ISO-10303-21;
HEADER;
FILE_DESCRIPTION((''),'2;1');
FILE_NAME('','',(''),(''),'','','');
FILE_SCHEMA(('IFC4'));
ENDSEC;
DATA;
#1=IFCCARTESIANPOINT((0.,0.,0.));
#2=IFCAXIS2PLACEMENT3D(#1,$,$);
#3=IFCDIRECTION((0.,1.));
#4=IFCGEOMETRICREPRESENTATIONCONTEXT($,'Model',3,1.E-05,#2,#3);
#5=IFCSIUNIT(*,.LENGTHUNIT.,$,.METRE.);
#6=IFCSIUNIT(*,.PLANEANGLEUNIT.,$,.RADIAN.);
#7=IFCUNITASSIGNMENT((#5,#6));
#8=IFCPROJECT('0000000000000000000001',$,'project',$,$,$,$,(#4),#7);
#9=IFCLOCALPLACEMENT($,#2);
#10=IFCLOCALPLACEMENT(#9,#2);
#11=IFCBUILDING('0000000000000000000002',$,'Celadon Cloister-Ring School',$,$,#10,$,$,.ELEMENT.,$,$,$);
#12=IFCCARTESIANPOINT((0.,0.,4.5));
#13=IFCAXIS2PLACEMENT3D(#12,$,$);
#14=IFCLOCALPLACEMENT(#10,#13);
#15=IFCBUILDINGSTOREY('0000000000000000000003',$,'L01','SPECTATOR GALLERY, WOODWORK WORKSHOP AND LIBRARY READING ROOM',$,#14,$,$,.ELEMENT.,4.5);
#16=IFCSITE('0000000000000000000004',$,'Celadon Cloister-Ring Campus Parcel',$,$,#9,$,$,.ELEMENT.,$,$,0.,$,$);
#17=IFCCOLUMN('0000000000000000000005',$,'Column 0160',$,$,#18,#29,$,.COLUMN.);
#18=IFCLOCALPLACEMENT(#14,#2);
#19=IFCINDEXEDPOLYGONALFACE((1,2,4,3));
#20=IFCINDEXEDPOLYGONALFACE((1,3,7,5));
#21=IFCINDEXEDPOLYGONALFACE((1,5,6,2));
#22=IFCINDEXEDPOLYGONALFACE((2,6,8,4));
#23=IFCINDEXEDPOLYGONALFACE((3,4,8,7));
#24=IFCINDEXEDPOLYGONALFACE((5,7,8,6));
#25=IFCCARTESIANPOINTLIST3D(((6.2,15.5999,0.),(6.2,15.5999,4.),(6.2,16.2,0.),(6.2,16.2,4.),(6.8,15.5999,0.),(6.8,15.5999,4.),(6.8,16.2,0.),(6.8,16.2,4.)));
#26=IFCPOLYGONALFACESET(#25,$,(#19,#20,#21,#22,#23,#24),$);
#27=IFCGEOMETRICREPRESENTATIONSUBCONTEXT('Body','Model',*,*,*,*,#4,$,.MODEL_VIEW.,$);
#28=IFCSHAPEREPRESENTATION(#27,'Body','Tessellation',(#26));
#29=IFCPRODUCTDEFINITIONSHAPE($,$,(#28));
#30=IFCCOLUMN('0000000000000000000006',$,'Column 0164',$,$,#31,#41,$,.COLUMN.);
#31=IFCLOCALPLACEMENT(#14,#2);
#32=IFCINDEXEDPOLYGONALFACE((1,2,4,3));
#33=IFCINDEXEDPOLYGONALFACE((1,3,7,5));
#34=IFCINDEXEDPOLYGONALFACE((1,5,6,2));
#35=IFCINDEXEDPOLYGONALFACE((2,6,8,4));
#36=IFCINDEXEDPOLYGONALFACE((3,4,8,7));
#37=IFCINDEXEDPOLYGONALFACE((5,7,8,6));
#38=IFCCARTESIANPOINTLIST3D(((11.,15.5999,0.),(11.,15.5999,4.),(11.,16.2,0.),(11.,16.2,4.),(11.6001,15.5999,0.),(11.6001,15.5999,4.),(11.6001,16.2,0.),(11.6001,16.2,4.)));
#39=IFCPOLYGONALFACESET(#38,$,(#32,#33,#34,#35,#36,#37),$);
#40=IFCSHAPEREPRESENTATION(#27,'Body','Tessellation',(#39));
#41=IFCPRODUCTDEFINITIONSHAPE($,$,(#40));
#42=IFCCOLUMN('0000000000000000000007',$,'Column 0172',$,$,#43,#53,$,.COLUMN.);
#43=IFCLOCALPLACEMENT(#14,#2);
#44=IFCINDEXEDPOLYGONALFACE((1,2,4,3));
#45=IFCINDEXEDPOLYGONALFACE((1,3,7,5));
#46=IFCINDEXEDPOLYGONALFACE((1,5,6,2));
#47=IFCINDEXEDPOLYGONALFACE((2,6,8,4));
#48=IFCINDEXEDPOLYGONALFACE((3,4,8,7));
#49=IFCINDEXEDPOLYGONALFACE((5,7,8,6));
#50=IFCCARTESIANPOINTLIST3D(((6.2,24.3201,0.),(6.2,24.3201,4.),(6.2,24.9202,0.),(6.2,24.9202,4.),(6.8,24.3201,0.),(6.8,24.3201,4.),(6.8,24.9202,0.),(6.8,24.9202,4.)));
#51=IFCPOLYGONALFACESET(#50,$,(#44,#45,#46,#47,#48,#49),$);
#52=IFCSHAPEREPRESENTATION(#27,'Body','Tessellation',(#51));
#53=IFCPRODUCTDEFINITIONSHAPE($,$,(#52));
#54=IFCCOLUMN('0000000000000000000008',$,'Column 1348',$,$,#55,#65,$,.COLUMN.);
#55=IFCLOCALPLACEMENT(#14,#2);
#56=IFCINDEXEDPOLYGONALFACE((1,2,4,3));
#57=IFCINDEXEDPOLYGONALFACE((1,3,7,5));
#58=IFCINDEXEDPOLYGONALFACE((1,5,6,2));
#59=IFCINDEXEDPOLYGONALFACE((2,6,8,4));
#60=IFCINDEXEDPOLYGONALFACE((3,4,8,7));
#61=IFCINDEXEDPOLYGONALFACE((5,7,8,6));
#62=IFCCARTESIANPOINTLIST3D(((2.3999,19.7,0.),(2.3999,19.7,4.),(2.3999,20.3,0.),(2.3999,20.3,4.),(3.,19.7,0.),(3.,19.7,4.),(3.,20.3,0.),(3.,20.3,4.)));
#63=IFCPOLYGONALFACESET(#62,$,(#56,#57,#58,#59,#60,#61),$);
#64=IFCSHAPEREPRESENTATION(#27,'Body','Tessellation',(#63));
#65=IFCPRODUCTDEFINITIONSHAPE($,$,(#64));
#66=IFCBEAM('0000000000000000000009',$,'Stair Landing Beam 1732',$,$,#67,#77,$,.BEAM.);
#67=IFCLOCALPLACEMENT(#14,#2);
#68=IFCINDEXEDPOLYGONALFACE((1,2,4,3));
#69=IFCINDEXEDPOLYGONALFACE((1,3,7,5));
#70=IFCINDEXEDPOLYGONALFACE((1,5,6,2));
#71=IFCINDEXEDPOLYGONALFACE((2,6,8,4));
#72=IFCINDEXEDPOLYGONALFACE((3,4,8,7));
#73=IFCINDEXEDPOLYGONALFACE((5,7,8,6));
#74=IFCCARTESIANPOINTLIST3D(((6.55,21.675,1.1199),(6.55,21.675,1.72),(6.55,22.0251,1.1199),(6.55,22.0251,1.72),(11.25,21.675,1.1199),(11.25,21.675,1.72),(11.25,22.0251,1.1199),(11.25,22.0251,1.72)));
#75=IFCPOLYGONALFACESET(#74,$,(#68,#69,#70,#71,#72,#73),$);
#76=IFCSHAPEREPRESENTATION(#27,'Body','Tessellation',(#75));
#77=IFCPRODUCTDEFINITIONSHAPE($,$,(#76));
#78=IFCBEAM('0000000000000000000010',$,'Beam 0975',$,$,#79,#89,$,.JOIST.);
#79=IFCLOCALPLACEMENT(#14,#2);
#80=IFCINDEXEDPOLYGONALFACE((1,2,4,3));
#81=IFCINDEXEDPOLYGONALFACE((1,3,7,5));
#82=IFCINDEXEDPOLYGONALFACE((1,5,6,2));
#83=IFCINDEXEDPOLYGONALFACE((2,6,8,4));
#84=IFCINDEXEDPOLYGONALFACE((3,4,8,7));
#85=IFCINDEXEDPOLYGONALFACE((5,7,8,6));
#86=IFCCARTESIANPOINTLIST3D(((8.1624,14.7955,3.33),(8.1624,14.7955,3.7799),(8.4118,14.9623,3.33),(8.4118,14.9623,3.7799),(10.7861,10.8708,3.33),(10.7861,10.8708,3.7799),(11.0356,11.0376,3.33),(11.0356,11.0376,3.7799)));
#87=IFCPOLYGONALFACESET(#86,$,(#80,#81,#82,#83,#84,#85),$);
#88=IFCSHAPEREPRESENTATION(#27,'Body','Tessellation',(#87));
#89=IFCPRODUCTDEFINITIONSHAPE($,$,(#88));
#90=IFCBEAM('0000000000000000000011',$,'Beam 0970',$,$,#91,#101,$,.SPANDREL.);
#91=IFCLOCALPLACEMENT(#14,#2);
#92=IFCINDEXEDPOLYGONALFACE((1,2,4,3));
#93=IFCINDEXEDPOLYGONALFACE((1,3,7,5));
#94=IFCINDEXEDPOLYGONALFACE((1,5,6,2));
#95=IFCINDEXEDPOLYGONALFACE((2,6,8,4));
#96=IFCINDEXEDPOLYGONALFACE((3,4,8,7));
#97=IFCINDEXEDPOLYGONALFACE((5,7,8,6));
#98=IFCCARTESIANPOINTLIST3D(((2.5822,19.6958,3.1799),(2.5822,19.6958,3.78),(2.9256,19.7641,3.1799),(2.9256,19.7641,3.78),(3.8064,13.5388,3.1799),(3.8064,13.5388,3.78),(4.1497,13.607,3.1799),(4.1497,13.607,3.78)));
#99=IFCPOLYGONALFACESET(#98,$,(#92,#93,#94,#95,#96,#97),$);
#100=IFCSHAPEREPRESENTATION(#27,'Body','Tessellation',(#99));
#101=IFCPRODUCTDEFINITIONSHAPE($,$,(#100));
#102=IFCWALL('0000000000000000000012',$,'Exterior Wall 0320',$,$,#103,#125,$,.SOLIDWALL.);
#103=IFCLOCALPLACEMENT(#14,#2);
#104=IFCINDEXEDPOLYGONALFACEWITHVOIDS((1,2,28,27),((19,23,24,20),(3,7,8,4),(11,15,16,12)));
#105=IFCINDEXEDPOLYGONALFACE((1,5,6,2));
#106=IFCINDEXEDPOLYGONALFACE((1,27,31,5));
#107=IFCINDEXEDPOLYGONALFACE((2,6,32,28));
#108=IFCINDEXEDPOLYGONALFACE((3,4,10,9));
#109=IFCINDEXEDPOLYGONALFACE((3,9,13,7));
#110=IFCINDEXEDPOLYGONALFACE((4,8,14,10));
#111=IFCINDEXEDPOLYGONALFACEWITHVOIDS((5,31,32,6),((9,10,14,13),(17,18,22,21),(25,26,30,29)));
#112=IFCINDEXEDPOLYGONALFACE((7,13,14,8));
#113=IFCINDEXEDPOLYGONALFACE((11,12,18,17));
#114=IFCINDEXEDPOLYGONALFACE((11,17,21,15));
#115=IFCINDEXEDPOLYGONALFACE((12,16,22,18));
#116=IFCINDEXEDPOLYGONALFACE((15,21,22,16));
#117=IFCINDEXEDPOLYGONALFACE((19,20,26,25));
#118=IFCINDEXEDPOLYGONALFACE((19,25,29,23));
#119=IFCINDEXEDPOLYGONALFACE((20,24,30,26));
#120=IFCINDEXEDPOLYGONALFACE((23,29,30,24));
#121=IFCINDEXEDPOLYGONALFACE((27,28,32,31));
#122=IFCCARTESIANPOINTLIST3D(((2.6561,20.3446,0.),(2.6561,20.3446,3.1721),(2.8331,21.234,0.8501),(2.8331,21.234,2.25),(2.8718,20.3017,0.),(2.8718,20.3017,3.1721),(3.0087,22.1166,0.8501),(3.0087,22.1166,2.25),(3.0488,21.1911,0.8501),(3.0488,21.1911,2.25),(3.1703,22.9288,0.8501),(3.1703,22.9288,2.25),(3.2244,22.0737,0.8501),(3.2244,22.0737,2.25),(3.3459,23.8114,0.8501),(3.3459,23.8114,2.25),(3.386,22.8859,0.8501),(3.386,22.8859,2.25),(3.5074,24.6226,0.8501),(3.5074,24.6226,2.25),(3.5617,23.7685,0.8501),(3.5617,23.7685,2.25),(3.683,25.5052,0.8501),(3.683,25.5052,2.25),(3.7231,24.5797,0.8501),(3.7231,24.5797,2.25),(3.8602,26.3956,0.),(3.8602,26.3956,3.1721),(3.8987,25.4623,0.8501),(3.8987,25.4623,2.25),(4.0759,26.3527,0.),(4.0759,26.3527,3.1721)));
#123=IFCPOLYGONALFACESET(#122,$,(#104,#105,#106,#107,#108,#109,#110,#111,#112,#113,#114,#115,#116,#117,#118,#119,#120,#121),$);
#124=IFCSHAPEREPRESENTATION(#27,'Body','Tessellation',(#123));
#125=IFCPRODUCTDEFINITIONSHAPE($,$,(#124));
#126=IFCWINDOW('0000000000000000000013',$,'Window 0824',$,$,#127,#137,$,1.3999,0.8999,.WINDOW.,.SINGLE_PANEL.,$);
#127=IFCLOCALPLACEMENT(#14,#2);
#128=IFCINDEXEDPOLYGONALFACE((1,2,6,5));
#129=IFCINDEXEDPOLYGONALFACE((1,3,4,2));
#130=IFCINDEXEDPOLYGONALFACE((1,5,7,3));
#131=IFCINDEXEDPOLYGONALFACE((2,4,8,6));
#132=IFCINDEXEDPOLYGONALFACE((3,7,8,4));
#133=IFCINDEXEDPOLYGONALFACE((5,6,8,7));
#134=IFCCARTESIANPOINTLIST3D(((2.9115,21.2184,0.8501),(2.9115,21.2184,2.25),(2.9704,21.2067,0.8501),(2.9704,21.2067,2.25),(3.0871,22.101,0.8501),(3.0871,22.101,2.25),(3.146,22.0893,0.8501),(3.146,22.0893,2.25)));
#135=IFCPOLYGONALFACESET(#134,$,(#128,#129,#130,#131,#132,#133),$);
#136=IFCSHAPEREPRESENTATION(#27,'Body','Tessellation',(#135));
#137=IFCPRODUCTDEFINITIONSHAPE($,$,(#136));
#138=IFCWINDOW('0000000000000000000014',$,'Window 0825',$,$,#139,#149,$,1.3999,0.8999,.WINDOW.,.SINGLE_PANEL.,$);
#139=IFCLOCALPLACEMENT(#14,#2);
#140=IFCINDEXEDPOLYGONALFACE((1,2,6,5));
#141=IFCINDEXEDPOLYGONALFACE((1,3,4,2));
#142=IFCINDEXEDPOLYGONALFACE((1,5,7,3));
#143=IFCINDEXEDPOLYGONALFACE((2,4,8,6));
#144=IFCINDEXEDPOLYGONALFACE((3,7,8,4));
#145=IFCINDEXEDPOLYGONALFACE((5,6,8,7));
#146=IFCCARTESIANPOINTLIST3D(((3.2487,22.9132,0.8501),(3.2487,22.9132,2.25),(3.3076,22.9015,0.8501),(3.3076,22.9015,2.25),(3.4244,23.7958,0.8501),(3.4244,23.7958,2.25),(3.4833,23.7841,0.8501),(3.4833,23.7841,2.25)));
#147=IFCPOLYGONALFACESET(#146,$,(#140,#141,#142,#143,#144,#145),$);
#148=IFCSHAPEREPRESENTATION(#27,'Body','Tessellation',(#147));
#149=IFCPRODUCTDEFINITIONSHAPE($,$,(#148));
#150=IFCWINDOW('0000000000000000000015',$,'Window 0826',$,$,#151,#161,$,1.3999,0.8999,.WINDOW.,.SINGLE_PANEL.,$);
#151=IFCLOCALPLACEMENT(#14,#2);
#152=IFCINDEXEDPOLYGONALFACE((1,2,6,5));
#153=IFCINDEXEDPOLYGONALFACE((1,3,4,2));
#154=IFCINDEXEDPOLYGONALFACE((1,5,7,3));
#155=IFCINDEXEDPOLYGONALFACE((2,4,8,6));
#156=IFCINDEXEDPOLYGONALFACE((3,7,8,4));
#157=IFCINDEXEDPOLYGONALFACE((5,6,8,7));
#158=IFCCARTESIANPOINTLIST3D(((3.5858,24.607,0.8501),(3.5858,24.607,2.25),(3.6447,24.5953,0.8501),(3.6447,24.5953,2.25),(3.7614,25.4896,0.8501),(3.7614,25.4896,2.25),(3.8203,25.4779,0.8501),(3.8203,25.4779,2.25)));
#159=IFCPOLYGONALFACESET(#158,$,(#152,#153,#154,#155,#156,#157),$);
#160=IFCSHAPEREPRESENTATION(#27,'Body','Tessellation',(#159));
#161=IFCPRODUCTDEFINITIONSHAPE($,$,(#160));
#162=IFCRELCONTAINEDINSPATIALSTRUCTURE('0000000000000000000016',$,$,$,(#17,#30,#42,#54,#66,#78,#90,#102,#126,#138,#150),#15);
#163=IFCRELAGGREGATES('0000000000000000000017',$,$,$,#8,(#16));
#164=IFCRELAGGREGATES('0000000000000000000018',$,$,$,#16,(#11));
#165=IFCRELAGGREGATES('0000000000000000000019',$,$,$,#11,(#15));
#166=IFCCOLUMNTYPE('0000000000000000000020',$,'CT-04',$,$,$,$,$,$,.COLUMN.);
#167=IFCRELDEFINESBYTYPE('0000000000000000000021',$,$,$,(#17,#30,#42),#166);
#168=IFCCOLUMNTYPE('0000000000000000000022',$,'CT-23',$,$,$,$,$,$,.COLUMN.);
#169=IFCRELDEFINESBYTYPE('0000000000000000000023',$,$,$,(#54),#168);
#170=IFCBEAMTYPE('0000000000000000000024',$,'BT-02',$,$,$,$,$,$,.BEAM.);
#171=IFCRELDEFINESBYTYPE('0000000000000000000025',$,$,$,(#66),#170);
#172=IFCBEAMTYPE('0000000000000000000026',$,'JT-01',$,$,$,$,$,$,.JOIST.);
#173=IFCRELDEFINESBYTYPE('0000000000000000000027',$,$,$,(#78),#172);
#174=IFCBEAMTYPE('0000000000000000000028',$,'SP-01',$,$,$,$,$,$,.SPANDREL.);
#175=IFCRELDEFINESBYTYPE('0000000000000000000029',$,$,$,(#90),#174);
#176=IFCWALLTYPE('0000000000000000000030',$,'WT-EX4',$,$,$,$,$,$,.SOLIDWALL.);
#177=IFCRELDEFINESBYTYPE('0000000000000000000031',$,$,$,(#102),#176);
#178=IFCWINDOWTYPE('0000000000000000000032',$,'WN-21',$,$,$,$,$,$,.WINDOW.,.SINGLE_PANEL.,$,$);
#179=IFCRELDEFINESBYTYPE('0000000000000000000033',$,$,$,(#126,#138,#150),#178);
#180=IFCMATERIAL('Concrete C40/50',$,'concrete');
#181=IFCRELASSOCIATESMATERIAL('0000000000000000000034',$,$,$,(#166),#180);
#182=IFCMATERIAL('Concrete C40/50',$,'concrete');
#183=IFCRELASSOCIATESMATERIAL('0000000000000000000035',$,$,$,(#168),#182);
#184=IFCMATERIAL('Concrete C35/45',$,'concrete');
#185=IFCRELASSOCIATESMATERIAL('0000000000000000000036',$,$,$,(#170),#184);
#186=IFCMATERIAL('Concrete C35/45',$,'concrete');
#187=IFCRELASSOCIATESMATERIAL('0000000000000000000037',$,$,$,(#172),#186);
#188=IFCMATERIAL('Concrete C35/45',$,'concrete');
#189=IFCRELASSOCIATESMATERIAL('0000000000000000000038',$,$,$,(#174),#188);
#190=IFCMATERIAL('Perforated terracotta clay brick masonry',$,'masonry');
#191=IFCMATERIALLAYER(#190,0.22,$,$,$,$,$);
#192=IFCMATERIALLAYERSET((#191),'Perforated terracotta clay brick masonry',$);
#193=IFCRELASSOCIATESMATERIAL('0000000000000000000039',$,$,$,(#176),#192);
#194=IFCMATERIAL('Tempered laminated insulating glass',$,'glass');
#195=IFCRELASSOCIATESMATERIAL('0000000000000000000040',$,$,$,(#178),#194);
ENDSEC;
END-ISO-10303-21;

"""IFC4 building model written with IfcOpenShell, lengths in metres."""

from ifc_helpers import new_model, si_unit, direction, frame, frame_2d, origin, origin_2d, place, context, subcontext, project, spatial, rectangle, extrude, material, layer, layer_set, material_profile, profile_set, type_object, element, fill, save


model = new_model("IFC4")

# Units and contexts
model_context = context("Model", 3, precision=1e-05, world=origin(), true_north=direction((0.0, 1.0)))
body_context = subcontext(model_context, "Body", "Model", "MODEL_VIEW")
ifc_project = project(units=[si_unit("LENGTHUNIT", "METRE"), si_unit("PLANEANGLEUNIT", "RADIAN")], contexts=[model_context])

# Site, building, storey
site_placement = place(None, origin())
site = spatial("IfcSite", under=ifc_project, at=site_placement, Name="Celadon Cloister-Ring Campus Parcel", CompositionType="ELEMENT", RefElevation=0.0)
building_placement = place(site_placement, origin())
building = spatial("IfcBuilding", under=site, at=building_placement, Name="Celadon Cloister-Ring School", CompositionType="ELEMENT")
storey_placement = place(building_placement, frame((0.0, 0.0, 4.5)))
storey = spatial("IfcBuildingStorey", under=building, at=storey_placement, Name="L01", Description="SPECTATOR GALLERY, WOODWORK WORKSHOP AND LIBRARY READING ROOM", CompositionType="ELEMENT", Elevation=4.5)

# Columns
ifc_material_1 = material(Name="Concrete C40/50", Category="concrete")
ifc_material_profile_1 = material_profile(ifc_material_1, rectangle(XDim=0.6001, YDim=0.6001, at=origin_2d()), Name="RC600X600")
ifc_profile_set_1 = profile_set([ifc_material_profile_1], Name="Concrete C40/50")
column_type_1 = type_object("IfcColumnType", Name="CT-04", PredefinedType="COLUMN", material=ifc_profile_set_1)
for number, where, z_axis, x_axis, name in (
    (1, (6.5, 15.8999, 0.0), (0.0, 0.0, 1.0), (1.0, 0.0, 0.0), "Column 0160"),
    (2, (11.3, 15.8999, 0.0), (0.0, 0.0, 1.0), (1.0, 0.0, 0.0), "Column 0164"),
    (3, (6.5, 24.6201, 0.0), (0.0, 0.0, 1.0), (1.0, 0.0, 0.0), "Column 0172"),
):
    element("IfcColumn", number, at=place(storey_placement, frame(where, z_axis=z_axis, x_axis=x_axis)), inside=storey, type_object=column_type_1, Name=name, PredefinedType="COLUMN", context=body_context, shape_type="SweptSolid", body=[
        extrude(rectangle(XDim=0.6001, YDim=0.6001, at=origin_2d()), origin(), (0.0, 0.0, 1.0), 4.0),
    ])
ifc_material_2 = material(Name="Concrete C40/50", Category="concrete")
ifc_material_profile_2 = material_profile(ifc_material_2, rectangle(XDim=0.6001, YDim=0.6001, at=origin_2d()), Name="RC600X600")
ifc_profile_set_2 = profile_set([ifc_material_profile_2], Name="Concrete C40/50")
column_type_2 = type_object("IfcColumnType", Name="CT-23", PredefinedType="COLUMN", material=ifc_profile_set_2)
column_placement = place(storey_placement, frame((2.7, 20.0, 0.0), z_axis=(0.0, 0.0, 1.0), x_axis=(-1.0, 0.0, 0.0)))
element("IfcColumn", 4, at=column_placement, inside=storey, type_object=column_type_2, Name="Column 1348", PredefinedType="COLUMN", context=body_context, shape_type="SweptSolid", body=[
    extrude(rectangle(XDim=0.6001, YDim=0.6001, at=origin_2d()), origin(), (0.0, 0.0, 1.0), 4.0),
])

# Beams
ifc_material_3 = material(Name="Concrete C35/45", Category="concrete")
ifc_material_profile_3 = material_profile(ifc_material_3, rectangle(XDim=0.3501, YDim=0.6001, at=origin_2d()), Name="RC350X600")
ifc_profile_set_3 = profile_set([ifc_material_profile_3], Name="Concrete C35/45")
beam_type_1 = type_object("IfcBeamType", Name="BT-02", PredefinedType="BEAM", material=ifc_profile_set_3)
beam_1_placement = place(storey_placement, frame((6.55, 21.8501, 1.4199), z_axis=(1.0, 0.0, 0.0), x_axis=(0.0, 1.0, 0.0)))
element("IfcBeam", 5, at=beam_1_placement, inside=storey, type_object=beam_type_1, Name="Stair Landing Beam 1732", PredefinedType="BEAM", context=body_context, shape_type="SweptSolid", body=[
    extrude(rectangle(XDim=0.3501, YDim=0.6001, at=origin_2d()), origin(), (0.0, 0.0, 1.0), 4.7),
])
ifc_material_4 = material(Name="Concrete C35/45", Category="concrete")
ifc_material_profile_4 = material_profile(ifc_material_4, rectangle(XDim=0.3, YDim=0.45, at=origin_2d()), Name="RC300X450")
ifc_profile_set_4 = profile_set([ifc_material_profile_4], Name="Concrete C35/45")
beam_type_2 = type_object("IfcBeamType", Name="JT-01", PredefinedType="JOIST", material=ifc_profile_set_4)
beam_2_placement = place(storey_placement, frame((8.2871, 14.8789, 3.5549), z_axis=(0.555762, -0.831342, 0.0), x_axis=(0.831342, 0.555762, 0.0)))
element("IfcBeam", 6, at=beam_2_placement, inside=storey, type_object=beam_type_2, Name="Beam 0975", PredefinedType="JOIST", context=body_context, shape_type="SweptSolid", body=[
    extrude(rectangle(XDim=0.3, YDim=0.45, at=origin_2d()), origin(), (0.0, 0.0, 1.0), 4.7209),
])
ifc_material_5 = material(Name="Concrete C35/45", Category="concrete")
ifc_material_profile_5 = material_profile(ifc_material_5, rectangle(XDim=0.3501, YDim=0.6001, at=origin_2d()), Name="RC350X600")
ifc_profile_set_5 = profile_set([ifc_material_profile_5], Name="Concrete C35/45")
beam_type_3 = type_object("IfcBeamType", Name="SP-01", PredefinedType="SPANDREL", material=ifc_profile_set_5)
beam_3_placement = place(storey_placement, frame((2.7539, 19.73, 3.48), z_axis=(0.195002, -0.980803, 0.0), x_axis=(0.980803, 0.195002, 0.0)))
element("IfcBeam", 7, at=beam_3_placement, inside=storey, type_object=beam_type_3, Name="Beam 0970", PredefinedType="SPANDREL", context=body_context, shape_type="SweptSolid", body=[
    extrude(rectangle(XDim=0.3501, YDim=0.6001, at=origin_2d()), origin(), (0.0, 0.0, 1.0), 6.2776),
])

# Wall, openings, windows
ifc_material_6 = material(Name="Perforated terracotta clay brick masonry", Category="masonry")
ifc_layer_1 = layer(ifc_material_6, 0.22)
ifc_layer_set_1 = layer_set([ifc_layer_1], Name="Perforated terracotta clay brick masonry")
wall_type_1 = type_object("IfcWallType", Name="WT-EX4", PredefinedType="SOLIDWALL", material=ifc_layer_set_1)
wall_1_placement = place(storey_placement, frame((2.7639, 20.323, 0.0), z_axis=(0.0, 0.0, 1.0), x_axis=(0.195165, 0.98077, 0.0)))
wall_1 = element("IfcWall", 8, at=wall_1_placement, inside=storey, type_object=wall_type_1, Name="Exterior Wall 0320", PredefinedType="SOLIDWALL", context=body_context, shape_type="SweptSolid", body=[
    extrude(rectangle(XDim=6.1697, YDim=0.22, at=frame_2d((3.085, 0.0))), origin(), (0.0, 0.0, 1.0), 3.1721),
])
opening_1_placement = place(wall_1_placement, frame((0.907, 0.0, 0.8501)))
opening_1 = element("IfcOpeningElement", 9, at=opening_1_placement, cuts=wall_1, PredefinedType="OPENING", context=body_context, shape_type="SweptSolid", body=[
    extrude(rectangle(XDim=0.8999, YDim=1.3999, at=frame_2d((0.45, 0.7))), frame((0.0, 0.1201, 0.0), z_axis=(0.0, -1.0, 0.0), x_axis=(1.0, 0.0, 0.0)), (0.0, 0.0, 1.0), 0.24),
])
opening_2_placement = place(wall_1_placement, frame((2.635, 0.0, 0.8501)))
opening_2 = element("IfcOpeningElement", 10, at=opening_2_placement, cuts=wall_1, PredefinedType="OPENING", context=body_context, shape_type="SweptSolid", body=[
    extrude(rectangle(XDim=0.8999, YDim=1.3999, at=frame_2d((0.45, 0.7))), frame((0.0, 0.1201, 0.0), z_axis=(0.0, -1.0, 0.0), x_axis=(1.0, 0.0, 0.0)), (0.0, 0.0, 1.0), 0.24),
])
opening_3_placement = place(wall_1_placement, frame((4.3621, 0.0, 0.8501)))
opening_3 = element("IfcOpeningElement", 11, at=opening_3_placement, cuts=wall_1, PredefinedType="OPENING", context=body_context, shape_type="SweptSolid", body=[
    extrude(rectangle(XDim=0.8999, YDim=1.3999, at=frame_2d((0.45, 0.7))), frame((0.0, 0.1201, 0.0), z_axis=(0.0, -1.0, 0.0), x_axis=(1.0, 0.0, 0.0)), (0.0, 0.0, 1.0), 0.24),
])
ifc_material_7 = material(Name="Tempered laminated insulating glass", Category="glass")
window_type = type_object("IfcWindowType", Name="WN-21", PartitioningType="SINGLE_PANEL", PredefinedType="WINDOW", material=ifc_material_7)
window_1_placement = place(opening_1_placement, origin())
window_1 = element("IfcWindow", 12, at=window_1_placement, inside=storey, type_object=window_type, Name="Window 0824", OverallHeight=1.3999, OverallWidth=0.8999, PartitioningType="SINGLE_PANEL", PredefinedType="WINDOW", context=body_context, shape_type="SweptSolid", body=[
    extrude(rectangle(XDim=0.8999, YDim=1.3999, at=frame_2d((0.45, 0.7))), frame((0.0, 0.03, 0.0), z_axis=(0.0, -1.0, 0.0), x_axis=(1.0, 0.0, 0.0)), (0.0, 0.0, 1.0), 0.0601),
])
fill(opening_1, window_1)
window_2_placement = place(opening_2_placement, origin())
window_2 = element("IfcWindow", 13, at=window_2_placement, inside=storey, type_object=window_type, Name="Window 0825", OverallHeight=1.3999, OverallWidth=0.8999, PartitioningType="SINGLE_PANEL", PredefinedType="WINDOW", context=body_context, shape_type="SweptSolid", body=[
    extrude(rectangle(XDim=0.8999, YDim=1.3999, at=frame_2d((0.45, 0.7))), frame((0.0, 0.03, 0.0), z_axis=(0.0, -1.0, 0.0), x_axis=(1.0, 0.0, 0.0)), (0.0, 0.0, 1.0), 0.0601),
])
fill(opening_2, window_2)
window_3_placement = place(opening_3_placement, origin())
window_3 = element("IfcWindow", 14, at=window_3_placement, inside=storey, type_object=window_type, Name="Window 0826", OverallHeight=1.3999, OverallWidth=0.8999, PartitioningType="SINGLE_PANEL", PredefinedType="WINDOW", context=body_context, shape_type="SweptSolid", body=[
    extrude(rectangle(XDim=0.8999, YDim=1.3999, at=frame_2d((0.45, 0.7))), frame((0.0, 0.03, 0.0), z_axis=(0.0, -1.0, 0.0), x_axis=(1.0, 0.0, 0.0)), (0.0, 0.0, 1.0), 0.0601),
])
fill(opening_3, window_3)

save(model, "model.ifc")
